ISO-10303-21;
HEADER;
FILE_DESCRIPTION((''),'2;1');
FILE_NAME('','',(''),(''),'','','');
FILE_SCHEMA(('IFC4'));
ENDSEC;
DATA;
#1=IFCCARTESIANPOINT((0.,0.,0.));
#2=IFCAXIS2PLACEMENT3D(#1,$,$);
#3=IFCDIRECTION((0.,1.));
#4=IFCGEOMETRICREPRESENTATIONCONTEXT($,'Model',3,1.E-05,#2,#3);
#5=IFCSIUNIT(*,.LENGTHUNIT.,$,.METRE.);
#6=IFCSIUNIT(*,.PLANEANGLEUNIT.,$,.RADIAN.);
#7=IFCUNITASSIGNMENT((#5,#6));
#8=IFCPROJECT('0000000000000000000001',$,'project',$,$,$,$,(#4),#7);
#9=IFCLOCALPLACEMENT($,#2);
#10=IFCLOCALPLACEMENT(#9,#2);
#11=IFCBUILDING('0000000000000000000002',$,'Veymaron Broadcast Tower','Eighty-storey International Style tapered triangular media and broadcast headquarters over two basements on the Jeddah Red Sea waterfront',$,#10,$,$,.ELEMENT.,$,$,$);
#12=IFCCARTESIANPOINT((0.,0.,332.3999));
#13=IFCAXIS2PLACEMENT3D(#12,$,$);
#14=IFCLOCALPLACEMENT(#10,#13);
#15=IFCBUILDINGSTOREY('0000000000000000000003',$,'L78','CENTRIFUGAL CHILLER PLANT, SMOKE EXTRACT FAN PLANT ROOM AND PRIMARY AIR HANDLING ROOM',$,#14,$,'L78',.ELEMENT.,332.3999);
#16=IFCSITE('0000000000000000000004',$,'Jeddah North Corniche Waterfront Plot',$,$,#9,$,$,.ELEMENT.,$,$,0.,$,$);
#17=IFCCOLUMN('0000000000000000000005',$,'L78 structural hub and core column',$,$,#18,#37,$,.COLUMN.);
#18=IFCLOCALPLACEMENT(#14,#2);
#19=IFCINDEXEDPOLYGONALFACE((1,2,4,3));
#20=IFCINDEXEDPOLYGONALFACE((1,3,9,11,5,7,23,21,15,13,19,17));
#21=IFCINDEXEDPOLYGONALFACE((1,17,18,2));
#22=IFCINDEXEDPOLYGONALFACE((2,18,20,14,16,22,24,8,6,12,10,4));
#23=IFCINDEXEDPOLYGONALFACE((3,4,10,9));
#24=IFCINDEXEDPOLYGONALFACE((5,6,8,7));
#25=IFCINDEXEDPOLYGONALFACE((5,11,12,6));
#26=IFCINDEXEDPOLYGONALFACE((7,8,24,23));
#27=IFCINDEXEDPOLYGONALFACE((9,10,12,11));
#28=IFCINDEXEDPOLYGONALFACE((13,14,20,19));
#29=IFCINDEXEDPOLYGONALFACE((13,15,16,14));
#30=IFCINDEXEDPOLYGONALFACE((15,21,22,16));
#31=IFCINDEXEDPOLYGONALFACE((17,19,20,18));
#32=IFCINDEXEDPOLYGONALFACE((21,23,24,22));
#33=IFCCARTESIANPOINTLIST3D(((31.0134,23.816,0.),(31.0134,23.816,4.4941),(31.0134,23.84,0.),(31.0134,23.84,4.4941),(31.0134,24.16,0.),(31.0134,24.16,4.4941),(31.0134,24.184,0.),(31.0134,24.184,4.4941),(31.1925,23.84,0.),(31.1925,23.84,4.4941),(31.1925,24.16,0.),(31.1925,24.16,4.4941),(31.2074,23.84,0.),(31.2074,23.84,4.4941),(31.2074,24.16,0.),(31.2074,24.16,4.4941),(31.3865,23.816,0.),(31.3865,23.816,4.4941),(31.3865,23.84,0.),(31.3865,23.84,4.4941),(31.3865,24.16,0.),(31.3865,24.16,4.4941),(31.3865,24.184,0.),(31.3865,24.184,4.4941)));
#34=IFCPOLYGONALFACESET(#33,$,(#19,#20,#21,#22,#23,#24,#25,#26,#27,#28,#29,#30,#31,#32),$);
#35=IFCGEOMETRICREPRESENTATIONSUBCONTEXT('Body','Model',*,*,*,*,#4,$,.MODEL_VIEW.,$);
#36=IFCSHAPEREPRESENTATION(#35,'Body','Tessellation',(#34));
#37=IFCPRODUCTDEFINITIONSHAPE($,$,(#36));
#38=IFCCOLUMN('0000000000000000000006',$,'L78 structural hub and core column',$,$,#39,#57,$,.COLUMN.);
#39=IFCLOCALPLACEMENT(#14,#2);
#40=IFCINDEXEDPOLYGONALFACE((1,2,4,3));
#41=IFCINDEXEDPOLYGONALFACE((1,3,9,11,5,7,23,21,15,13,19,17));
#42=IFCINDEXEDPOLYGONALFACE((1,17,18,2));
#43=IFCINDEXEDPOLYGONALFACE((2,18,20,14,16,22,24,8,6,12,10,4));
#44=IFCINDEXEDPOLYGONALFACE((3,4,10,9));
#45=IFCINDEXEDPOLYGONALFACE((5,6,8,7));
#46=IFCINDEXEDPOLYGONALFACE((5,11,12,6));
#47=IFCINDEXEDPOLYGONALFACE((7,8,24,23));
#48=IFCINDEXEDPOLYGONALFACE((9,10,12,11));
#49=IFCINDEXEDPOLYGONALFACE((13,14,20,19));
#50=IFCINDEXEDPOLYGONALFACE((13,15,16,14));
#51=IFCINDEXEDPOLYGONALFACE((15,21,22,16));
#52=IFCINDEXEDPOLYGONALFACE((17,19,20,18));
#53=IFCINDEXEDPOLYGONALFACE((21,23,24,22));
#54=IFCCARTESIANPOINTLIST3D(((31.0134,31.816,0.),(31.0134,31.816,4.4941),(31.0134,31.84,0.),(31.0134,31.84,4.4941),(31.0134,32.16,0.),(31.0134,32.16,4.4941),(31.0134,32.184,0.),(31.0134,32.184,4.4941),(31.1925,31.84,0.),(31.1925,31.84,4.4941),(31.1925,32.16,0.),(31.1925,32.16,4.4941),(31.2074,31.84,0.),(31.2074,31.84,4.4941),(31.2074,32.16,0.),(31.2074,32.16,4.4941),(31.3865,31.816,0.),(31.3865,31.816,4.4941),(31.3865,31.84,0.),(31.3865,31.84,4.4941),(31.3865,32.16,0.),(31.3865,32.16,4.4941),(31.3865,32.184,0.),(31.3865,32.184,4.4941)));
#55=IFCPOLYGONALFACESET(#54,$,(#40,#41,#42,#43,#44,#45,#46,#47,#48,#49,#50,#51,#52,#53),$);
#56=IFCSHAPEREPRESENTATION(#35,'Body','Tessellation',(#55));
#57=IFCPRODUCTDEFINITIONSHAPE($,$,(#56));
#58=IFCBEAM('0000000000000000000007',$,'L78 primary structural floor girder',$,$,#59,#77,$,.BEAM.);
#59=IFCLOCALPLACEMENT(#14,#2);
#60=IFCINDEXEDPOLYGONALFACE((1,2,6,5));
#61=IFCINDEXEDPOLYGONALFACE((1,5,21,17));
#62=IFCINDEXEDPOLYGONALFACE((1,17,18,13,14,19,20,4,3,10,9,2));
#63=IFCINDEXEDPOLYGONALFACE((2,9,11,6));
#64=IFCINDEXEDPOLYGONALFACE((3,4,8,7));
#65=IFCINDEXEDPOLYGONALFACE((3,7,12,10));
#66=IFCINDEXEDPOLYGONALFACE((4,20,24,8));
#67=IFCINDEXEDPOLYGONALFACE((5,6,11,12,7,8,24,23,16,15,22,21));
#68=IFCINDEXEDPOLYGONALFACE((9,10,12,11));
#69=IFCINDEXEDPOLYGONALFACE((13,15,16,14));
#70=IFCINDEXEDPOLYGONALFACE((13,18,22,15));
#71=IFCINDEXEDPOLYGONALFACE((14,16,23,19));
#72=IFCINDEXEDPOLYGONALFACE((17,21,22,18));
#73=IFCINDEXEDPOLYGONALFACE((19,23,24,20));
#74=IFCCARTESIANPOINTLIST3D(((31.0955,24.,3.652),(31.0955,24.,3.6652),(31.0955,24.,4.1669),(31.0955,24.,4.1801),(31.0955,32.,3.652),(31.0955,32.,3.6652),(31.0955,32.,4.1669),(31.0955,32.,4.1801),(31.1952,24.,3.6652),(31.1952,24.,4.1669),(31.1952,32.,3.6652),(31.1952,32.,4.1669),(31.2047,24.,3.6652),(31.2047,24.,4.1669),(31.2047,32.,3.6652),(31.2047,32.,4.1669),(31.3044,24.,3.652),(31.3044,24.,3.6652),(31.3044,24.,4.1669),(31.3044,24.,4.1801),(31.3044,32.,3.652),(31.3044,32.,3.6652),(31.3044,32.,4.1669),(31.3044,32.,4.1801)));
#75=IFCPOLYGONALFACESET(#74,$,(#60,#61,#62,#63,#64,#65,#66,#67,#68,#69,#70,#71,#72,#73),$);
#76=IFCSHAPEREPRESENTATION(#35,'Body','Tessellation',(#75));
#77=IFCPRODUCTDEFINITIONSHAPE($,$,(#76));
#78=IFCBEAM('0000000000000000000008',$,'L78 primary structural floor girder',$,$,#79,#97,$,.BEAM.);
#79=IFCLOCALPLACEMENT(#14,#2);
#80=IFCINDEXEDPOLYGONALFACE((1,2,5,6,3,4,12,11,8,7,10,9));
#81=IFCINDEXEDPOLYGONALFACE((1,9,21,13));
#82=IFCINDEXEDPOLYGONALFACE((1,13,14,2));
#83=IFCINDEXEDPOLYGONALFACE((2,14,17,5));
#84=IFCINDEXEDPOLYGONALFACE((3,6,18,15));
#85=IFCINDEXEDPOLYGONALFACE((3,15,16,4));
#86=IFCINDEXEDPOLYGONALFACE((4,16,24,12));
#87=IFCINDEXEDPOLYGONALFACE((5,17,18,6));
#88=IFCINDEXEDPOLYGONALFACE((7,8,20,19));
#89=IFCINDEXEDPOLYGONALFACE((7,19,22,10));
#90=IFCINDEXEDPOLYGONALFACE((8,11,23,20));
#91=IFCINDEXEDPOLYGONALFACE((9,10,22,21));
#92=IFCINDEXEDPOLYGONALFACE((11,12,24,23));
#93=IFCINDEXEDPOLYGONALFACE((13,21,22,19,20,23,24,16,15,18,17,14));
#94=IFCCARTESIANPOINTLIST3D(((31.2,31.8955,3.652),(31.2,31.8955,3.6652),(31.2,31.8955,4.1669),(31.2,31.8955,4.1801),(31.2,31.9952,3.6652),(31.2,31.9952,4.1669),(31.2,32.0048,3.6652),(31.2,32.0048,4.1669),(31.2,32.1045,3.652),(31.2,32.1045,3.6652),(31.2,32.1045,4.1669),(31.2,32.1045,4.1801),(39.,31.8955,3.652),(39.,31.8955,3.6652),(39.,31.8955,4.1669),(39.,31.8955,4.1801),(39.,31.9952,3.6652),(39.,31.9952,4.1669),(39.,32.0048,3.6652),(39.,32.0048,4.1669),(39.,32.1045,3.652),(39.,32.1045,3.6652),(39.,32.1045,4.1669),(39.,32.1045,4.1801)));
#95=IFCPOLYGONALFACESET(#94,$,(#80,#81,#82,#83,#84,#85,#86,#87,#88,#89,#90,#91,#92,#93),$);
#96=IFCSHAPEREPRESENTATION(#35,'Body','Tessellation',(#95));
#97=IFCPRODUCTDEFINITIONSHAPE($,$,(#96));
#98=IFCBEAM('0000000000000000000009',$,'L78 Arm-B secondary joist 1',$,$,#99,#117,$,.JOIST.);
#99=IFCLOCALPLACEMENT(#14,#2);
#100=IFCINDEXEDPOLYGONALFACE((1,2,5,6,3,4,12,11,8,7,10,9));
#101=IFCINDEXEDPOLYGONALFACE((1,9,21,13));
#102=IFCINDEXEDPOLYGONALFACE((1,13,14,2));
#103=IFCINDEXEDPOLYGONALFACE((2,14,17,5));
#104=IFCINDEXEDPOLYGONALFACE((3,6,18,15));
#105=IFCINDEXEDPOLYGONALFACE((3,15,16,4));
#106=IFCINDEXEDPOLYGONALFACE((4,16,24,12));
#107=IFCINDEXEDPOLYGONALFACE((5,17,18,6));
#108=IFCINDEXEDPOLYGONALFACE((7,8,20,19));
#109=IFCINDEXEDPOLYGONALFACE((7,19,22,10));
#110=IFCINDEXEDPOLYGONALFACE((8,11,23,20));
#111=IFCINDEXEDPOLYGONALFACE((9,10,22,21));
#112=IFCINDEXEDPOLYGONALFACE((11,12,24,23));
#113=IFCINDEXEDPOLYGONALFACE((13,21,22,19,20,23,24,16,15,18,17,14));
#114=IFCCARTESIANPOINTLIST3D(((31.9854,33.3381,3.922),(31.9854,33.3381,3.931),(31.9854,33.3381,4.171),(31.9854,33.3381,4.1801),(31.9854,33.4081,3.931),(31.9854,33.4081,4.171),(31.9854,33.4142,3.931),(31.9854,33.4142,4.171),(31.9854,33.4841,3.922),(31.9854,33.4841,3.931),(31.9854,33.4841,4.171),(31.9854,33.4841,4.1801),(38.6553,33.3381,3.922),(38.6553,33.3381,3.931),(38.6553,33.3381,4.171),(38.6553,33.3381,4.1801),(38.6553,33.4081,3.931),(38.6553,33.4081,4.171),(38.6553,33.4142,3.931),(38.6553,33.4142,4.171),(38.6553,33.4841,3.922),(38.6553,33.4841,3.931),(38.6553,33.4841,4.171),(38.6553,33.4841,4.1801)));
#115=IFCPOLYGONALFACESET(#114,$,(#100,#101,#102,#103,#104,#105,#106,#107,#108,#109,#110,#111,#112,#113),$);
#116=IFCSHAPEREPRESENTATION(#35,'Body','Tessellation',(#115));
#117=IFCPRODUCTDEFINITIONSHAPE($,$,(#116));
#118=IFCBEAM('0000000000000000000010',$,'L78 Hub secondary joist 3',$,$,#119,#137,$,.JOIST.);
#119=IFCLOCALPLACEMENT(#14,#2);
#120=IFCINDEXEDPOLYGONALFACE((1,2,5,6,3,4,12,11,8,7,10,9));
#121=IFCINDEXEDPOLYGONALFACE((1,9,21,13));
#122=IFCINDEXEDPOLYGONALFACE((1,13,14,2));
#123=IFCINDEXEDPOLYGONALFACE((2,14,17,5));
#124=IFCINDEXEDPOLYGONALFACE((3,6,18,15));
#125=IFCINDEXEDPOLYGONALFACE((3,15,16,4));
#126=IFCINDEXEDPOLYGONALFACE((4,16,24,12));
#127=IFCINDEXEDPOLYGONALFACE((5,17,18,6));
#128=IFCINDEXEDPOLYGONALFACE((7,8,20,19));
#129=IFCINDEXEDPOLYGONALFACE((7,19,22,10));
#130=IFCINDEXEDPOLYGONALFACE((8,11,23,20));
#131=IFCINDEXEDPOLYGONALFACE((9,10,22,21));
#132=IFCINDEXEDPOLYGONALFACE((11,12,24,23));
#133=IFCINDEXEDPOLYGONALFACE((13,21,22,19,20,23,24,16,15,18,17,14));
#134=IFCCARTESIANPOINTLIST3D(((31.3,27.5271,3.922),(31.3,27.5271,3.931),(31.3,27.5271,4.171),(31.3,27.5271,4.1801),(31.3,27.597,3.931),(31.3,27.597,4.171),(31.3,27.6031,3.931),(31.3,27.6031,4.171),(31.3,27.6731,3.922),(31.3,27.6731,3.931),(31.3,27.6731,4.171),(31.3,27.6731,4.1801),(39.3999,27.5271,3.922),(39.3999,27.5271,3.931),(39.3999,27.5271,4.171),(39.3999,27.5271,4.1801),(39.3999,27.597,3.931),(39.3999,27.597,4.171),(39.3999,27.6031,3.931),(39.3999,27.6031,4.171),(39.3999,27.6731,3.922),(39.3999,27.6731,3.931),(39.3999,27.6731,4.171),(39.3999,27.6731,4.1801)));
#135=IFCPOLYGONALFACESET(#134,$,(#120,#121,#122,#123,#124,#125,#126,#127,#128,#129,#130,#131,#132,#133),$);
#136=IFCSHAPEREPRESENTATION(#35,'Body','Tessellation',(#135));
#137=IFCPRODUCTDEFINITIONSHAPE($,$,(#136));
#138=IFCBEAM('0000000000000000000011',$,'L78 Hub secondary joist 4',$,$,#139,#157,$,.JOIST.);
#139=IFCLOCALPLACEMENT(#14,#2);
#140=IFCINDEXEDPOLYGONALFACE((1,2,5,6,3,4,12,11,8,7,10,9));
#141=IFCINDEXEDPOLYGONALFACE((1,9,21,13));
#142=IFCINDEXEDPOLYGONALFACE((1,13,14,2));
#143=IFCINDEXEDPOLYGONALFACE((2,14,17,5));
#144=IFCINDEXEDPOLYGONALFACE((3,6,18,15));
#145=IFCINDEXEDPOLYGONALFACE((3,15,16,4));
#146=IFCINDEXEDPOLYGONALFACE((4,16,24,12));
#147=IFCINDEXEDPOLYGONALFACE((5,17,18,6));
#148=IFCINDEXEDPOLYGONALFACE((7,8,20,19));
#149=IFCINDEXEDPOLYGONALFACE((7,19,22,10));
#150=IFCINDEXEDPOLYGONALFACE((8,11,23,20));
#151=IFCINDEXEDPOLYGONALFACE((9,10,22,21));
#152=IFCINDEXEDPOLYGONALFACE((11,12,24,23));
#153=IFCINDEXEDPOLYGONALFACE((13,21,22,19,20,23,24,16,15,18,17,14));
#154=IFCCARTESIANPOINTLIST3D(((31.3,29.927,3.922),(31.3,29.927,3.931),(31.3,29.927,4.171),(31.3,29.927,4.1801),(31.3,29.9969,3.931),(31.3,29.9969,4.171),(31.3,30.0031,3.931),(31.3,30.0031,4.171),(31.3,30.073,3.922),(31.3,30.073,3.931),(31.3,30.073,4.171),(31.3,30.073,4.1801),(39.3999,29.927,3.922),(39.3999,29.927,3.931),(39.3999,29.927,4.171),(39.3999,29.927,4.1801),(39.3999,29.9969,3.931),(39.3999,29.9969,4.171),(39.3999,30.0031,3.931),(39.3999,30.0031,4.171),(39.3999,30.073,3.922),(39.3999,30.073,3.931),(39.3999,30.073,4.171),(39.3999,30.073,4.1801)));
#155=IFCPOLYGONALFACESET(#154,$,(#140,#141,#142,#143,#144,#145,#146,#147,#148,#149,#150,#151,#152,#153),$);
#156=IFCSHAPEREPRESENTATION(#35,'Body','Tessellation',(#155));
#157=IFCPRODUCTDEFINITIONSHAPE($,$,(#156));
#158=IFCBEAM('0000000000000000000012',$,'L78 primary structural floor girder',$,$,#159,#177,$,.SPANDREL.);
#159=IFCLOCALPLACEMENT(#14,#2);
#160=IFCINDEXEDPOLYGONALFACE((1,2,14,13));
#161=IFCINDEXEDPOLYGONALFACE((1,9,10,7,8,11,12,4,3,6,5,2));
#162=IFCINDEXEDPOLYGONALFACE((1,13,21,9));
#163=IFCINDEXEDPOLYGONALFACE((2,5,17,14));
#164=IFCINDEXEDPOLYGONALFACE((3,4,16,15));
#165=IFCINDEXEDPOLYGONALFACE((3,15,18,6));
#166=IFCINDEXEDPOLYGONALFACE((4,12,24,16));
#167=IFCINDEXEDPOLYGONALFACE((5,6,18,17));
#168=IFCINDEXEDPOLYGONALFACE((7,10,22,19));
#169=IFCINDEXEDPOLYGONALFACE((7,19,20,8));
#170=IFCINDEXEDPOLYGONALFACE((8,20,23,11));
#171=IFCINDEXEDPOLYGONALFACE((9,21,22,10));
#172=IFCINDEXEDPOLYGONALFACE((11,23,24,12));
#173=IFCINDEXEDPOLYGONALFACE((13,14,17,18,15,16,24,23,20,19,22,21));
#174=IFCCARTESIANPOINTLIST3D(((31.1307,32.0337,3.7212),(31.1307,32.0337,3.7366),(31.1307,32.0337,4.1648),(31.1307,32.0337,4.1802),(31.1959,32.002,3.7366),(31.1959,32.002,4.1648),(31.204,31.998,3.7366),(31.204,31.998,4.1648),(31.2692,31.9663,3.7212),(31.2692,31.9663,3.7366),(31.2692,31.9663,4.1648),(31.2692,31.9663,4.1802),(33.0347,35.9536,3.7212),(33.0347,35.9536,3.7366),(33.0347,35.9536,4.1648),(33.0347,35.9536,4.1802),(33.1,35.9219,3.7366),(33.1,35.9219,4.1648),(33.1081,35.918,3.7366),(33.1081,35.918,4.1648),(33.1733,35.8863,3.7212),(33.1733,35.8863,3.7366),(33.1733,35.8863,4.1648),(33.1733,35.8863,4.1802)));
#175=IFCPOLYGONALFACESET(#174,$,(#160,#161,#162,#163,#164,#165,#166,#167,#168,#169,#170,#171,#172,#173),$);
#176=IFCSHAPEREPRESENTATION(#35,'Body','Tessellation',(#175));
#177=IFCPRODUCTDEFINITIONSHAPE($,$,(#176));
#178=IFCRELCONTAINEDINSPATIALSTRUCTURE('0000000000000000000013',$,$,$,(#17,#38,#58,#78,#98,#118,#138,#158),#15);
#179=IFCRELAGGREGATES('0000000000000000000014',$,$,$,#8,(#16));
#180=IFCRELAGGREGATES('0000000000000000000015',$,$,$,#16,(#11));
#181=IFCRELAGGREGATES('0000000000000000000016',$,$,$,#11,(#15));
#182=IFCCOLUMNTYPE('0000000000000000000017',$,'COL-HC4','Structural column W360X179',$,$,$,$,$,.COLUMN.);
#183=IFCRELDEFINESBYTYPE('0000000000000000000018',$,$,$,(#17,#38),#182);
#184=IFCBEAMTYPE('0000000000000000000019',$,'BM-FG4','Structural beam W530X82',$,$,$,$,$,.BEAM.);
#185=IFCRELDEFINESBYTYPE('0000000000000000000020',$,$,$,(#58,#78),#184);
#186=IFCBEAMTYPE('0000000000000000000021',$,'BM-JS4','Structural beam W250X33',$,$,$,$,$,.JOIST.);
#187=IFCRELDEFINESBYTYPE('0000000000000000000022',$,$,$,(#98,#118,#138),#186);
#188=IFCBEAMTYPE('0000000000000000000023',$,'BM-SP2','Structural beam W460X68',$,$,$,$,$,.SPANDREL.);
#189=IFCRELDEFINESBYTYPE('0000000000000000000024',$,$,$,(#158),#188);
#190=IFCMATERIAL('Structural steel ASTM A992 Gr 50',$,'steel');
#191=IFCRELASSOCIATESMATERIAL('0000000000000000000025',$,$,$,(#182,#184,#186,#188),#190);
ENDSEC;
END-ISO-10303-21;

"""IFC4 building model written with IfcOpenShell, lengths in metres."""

from ifc_helpers import new_model, si_unit, direction, frame, origin, origin_2d, place, context, subcontext, project, spatial, i_section, extrude, material, material_profile, profile_set, type_object, element, save


model = new_model("IFC4")

# Units and contexts
model_context = context("Model", 3, precision=1e-05, world=origin(), true_north=direction((0.0, 1.0)))
body_context = subcontext(model_context, "Body", "Model", "MODEL_VIEW")
ifc_project = project(units=[si_unit("LENGTHUNIT", "METRE"), si_unit("PLANEANGLEUNIT", "RADIAN")], contexts=[model_context])

# Site, building, storey
site_placement = place(None, origin())
site = spatial("IfcSite", under=ifc_project, at=site_placement, Name="Jeddah North Corniche Waterfront Plot", CompositionType="ELEMENT", RefElevation=0.0)
building_placement = place(site_placement, origin())
building = spatial("IfcBuilding", under=site, at=building_placement, Name="Veymaron Broadcast Tower", Description="Eighty-storey International Style tapered triangular media and broadcast headquarters over two basements on the Jeddah Red Sea waterfront", CompositionType="ELEMENT")
storey_placement = place(building_placement, frame((0.0, 0.0, 332.3999)))
storey = spatial("IfcBuildingStorey", under=building, at=storey_placement, Name="L78", Description="CENTRIFUGAL CHILLER PLANT, SMOKE EXTRACT FAN PLANT ROOM AND PRIMARY AIR HANDLING ROOM", LongName="L78", CompositionType="ELEMENT", Elevation=332.3999)

# Columns
ifc_material_1 = material(Name="Structural steel ASTM A992 Gr 50", Category="steel")
ifc_material_profile_1 = material_profile(ifc_material_1, i_section(OverallWidth=0.373, OverallDepth=0.3679, WebThickness=0.0149, FlangeThickness=0.0239, at=origin_2d()), Name="W360X179")
ifc_profile_set_1 = profile_set([ifc_material_profile_1], Name="Structural steel ASTM A992 Gr 50")
column_type = type_object("IfcColumnType", Name="COL-HC4", Description="Structural column W360X179", PredefinedType="COLUMN", material=ifc_profile_set_1)
for number, where, z_axis, x_axis, name in (
    (1, (31.2, 24.0, 0.0), (0.0, 0.0, 1.0), (1.0, 0.0, 0.0), "L78 structural hub and core column"),
    (2, (31.2, 32.0, 0.0), (0.0, 0.0, 1.0), (1.0, 0.0, 0.0), "L78 structural hub and core column"),
):
    element("IfcColumn", number, at=place(storey_placement, frame(where, z_axis=z_axis, x_axis=x_axis)), inside=storey, type_object=column_type, Name=name, PredefinedType="COLUMN", context=body_context, shape_type="SweptSolid", body=[
        extrude(i_section(OverallWidth=0.373, OverallDepth=0.3679, WebThickness=0.0149, FlangeThickness=0.0239, at=origin_2d()), origin(), (0.0, 0.0, 1.0), 4.4941),
    ])

# Beams
ifc_material_profile_2 = material_profile(ifc_material_1, i_section(OverallWidth=0.209, OverallDepth=0.5281, WebThickness=0.0095, FlangeThickness=0.0132, at=origin_2d()), Name="W530X82")
ifc_profile_set_2 = profile_set([ifc_material_profile_2], Name="Structural steel ASTM A992 Gr 50")
beam_type_1 = type_object("IfcBeamType", Name="BM-FG4", Description="Structural beam W530X82", PredefinedType="BEAM", material=ifc_profile_set_2)
beam_1_placement = place(storey_placement, frame((31.2, 24.0, 3.916), z_axis=(0.0, 1.0, 0.0), x_axis=(-1.0, 0.0, 0.0)))
element("IfcBeam", 3, at=beam_1_placement, inside=storey, type_object=beam_type_1, Name="L78 primary structural floor girder", PredefinedType="BEAM", context=body_context, shape_type="SweptSolid", body=[
    extrude(i_section(OverallWidth=0.209, OverallDepth=0.5281, WebThickness=0.0095, FlangeThickness=0.0132, at=origin_2d()), origin(), (0.0, 0.0, 1.0), 8.0),
])
beam_2_placement = place(storey_placement, frame((31.2, 32.0, 3.916), z_axis=(1.0, 0.0, 0.0), x_axis=(0.0, 1.0, 0.0)))
element("IfcBeam", 4, at=beam_2_placement, inside=storey, type_object=beam_type_1, Name="L78 primary structural floor girder", PredefinedType="BEAM", context=body_context, shape_type="SweptSolid", body=[
    extrude(i_section(OverallWidth=0.209, OverallDepth=0.5281, WebThickness=0.0095, FlangeThickness=0.0132, at=origin_2d()), origin(), (0.0, 0.0, 1.0), 7.8),
])
ifc_material_profile_3 = material_profile(ifc_material_1, i_section(OverallWidth=0.146, OverallDepth=0.2581, WebThickness=0.0061, FlangeThickness=0.009, at=origin_2d()), Name="W250X33")
ifc_profile_set_3 = profile_set([ifc_material_profile_3], Name="Structural steel ASTM A992 Gr 50")
beam_type_2 = type_object("IfcBeamType", Name="BM-JS4", Description="Structural beam W250X33", PredefinedType="JOIST", material=ifc_profile_set_3)
beam_3_placement = place(storey_placement, frame((31.9854, 33.4111, 4.051), z_axis=(1.0, 0.0, 0.0), x_axis=(0.0, 1.0, 0.0)))
element("IfcBeam", 5, at=beam_3_placement, inside=storey, type_object=beam_type_2, Name="L78 Arm-B secondary joist 1", PredefinedType="JOIST", context=body_context, shape_type="SweptSolid", body=[
    extrude(i_section(OverallWidth=0.146, OverallDepth=0.2581, WebThickness=0.0061, FlangeThickness=0.009, at=origin_2d()), origin(), (0.0, 0.0, 1.0), 6.6699),
])
for number, where, z_axis, x_axis, name in (
    (6, (31.3, 27.6001, 4.051), (1.0, 0.0, 0.0), (0.0, 1.0, 0.0), "L78 Hub secondary joist 3"),
    (7, (31.3, 30.0, 4.051), (1.0, 0.0, 0.0), (0.0, 1.0, 0.0), "L78 Hub secondary joist 4"),
):
    element("IfcBeam", number, at=place(storey_placement, frame(where, z_axis=z_axis, x_axis=x_axis)), inside=storey, type_object=beam_type_2, Name=name, PredefinedType="JOIST", context=body_context, shape_type="SweptSolid", body=[
        extrude(i_section(OverallWidth=0.146, OverallDepth=0.2581, WebThickness=0.0061, FlangeThickness=0.009, at=origin_2d()), origin(), (0.0, 0.0, 1.0), 8.0999),
    ])
ifc_material_profile_4 = material_profile(ifc_material_1, i_section(OverallWidth=0.1541, OverallDepth=0.459, WebThickness=0.009, FlangeThickness=0.0154, at=origin_2d()), Name="W460X68")
ifc_profile_set_4 = profile_set([ifc_material_profile_4], Name="Structural steel ASTM A992 Gr 50")
beam_type_3 = type_object("IfcBeamType", Name="BM-SP2", Description="Structural beam W460X68", PredefinedType="SPANDREL", material=ifc_profile_set_4)
beam_4_placement = place(storey_placement, frame((31.2, 32.0, 3.9507), z_axis=(0.436921, 0.8995, 0.0), x_axis=(-0.8995, 0.436921, 0.0)))
element("IfcBeam", 8, at=beam_4_placement, inside=storey, type_object=beam_type_3, Name="L78 primary structural floor girder", PredefinedType="SPANDREL", context=body_context, shape_type="SweptSolid", body=[
    extrude(i_section(OverallWidth=0.1541, OverallDepth=0.459, WebThickness=0.009, FlangeThickness=0.0154, at=origin_2d()), origin(), (0.0, 0.0, 1.0), 4.3579),
])

save(model, "model.ifc")
